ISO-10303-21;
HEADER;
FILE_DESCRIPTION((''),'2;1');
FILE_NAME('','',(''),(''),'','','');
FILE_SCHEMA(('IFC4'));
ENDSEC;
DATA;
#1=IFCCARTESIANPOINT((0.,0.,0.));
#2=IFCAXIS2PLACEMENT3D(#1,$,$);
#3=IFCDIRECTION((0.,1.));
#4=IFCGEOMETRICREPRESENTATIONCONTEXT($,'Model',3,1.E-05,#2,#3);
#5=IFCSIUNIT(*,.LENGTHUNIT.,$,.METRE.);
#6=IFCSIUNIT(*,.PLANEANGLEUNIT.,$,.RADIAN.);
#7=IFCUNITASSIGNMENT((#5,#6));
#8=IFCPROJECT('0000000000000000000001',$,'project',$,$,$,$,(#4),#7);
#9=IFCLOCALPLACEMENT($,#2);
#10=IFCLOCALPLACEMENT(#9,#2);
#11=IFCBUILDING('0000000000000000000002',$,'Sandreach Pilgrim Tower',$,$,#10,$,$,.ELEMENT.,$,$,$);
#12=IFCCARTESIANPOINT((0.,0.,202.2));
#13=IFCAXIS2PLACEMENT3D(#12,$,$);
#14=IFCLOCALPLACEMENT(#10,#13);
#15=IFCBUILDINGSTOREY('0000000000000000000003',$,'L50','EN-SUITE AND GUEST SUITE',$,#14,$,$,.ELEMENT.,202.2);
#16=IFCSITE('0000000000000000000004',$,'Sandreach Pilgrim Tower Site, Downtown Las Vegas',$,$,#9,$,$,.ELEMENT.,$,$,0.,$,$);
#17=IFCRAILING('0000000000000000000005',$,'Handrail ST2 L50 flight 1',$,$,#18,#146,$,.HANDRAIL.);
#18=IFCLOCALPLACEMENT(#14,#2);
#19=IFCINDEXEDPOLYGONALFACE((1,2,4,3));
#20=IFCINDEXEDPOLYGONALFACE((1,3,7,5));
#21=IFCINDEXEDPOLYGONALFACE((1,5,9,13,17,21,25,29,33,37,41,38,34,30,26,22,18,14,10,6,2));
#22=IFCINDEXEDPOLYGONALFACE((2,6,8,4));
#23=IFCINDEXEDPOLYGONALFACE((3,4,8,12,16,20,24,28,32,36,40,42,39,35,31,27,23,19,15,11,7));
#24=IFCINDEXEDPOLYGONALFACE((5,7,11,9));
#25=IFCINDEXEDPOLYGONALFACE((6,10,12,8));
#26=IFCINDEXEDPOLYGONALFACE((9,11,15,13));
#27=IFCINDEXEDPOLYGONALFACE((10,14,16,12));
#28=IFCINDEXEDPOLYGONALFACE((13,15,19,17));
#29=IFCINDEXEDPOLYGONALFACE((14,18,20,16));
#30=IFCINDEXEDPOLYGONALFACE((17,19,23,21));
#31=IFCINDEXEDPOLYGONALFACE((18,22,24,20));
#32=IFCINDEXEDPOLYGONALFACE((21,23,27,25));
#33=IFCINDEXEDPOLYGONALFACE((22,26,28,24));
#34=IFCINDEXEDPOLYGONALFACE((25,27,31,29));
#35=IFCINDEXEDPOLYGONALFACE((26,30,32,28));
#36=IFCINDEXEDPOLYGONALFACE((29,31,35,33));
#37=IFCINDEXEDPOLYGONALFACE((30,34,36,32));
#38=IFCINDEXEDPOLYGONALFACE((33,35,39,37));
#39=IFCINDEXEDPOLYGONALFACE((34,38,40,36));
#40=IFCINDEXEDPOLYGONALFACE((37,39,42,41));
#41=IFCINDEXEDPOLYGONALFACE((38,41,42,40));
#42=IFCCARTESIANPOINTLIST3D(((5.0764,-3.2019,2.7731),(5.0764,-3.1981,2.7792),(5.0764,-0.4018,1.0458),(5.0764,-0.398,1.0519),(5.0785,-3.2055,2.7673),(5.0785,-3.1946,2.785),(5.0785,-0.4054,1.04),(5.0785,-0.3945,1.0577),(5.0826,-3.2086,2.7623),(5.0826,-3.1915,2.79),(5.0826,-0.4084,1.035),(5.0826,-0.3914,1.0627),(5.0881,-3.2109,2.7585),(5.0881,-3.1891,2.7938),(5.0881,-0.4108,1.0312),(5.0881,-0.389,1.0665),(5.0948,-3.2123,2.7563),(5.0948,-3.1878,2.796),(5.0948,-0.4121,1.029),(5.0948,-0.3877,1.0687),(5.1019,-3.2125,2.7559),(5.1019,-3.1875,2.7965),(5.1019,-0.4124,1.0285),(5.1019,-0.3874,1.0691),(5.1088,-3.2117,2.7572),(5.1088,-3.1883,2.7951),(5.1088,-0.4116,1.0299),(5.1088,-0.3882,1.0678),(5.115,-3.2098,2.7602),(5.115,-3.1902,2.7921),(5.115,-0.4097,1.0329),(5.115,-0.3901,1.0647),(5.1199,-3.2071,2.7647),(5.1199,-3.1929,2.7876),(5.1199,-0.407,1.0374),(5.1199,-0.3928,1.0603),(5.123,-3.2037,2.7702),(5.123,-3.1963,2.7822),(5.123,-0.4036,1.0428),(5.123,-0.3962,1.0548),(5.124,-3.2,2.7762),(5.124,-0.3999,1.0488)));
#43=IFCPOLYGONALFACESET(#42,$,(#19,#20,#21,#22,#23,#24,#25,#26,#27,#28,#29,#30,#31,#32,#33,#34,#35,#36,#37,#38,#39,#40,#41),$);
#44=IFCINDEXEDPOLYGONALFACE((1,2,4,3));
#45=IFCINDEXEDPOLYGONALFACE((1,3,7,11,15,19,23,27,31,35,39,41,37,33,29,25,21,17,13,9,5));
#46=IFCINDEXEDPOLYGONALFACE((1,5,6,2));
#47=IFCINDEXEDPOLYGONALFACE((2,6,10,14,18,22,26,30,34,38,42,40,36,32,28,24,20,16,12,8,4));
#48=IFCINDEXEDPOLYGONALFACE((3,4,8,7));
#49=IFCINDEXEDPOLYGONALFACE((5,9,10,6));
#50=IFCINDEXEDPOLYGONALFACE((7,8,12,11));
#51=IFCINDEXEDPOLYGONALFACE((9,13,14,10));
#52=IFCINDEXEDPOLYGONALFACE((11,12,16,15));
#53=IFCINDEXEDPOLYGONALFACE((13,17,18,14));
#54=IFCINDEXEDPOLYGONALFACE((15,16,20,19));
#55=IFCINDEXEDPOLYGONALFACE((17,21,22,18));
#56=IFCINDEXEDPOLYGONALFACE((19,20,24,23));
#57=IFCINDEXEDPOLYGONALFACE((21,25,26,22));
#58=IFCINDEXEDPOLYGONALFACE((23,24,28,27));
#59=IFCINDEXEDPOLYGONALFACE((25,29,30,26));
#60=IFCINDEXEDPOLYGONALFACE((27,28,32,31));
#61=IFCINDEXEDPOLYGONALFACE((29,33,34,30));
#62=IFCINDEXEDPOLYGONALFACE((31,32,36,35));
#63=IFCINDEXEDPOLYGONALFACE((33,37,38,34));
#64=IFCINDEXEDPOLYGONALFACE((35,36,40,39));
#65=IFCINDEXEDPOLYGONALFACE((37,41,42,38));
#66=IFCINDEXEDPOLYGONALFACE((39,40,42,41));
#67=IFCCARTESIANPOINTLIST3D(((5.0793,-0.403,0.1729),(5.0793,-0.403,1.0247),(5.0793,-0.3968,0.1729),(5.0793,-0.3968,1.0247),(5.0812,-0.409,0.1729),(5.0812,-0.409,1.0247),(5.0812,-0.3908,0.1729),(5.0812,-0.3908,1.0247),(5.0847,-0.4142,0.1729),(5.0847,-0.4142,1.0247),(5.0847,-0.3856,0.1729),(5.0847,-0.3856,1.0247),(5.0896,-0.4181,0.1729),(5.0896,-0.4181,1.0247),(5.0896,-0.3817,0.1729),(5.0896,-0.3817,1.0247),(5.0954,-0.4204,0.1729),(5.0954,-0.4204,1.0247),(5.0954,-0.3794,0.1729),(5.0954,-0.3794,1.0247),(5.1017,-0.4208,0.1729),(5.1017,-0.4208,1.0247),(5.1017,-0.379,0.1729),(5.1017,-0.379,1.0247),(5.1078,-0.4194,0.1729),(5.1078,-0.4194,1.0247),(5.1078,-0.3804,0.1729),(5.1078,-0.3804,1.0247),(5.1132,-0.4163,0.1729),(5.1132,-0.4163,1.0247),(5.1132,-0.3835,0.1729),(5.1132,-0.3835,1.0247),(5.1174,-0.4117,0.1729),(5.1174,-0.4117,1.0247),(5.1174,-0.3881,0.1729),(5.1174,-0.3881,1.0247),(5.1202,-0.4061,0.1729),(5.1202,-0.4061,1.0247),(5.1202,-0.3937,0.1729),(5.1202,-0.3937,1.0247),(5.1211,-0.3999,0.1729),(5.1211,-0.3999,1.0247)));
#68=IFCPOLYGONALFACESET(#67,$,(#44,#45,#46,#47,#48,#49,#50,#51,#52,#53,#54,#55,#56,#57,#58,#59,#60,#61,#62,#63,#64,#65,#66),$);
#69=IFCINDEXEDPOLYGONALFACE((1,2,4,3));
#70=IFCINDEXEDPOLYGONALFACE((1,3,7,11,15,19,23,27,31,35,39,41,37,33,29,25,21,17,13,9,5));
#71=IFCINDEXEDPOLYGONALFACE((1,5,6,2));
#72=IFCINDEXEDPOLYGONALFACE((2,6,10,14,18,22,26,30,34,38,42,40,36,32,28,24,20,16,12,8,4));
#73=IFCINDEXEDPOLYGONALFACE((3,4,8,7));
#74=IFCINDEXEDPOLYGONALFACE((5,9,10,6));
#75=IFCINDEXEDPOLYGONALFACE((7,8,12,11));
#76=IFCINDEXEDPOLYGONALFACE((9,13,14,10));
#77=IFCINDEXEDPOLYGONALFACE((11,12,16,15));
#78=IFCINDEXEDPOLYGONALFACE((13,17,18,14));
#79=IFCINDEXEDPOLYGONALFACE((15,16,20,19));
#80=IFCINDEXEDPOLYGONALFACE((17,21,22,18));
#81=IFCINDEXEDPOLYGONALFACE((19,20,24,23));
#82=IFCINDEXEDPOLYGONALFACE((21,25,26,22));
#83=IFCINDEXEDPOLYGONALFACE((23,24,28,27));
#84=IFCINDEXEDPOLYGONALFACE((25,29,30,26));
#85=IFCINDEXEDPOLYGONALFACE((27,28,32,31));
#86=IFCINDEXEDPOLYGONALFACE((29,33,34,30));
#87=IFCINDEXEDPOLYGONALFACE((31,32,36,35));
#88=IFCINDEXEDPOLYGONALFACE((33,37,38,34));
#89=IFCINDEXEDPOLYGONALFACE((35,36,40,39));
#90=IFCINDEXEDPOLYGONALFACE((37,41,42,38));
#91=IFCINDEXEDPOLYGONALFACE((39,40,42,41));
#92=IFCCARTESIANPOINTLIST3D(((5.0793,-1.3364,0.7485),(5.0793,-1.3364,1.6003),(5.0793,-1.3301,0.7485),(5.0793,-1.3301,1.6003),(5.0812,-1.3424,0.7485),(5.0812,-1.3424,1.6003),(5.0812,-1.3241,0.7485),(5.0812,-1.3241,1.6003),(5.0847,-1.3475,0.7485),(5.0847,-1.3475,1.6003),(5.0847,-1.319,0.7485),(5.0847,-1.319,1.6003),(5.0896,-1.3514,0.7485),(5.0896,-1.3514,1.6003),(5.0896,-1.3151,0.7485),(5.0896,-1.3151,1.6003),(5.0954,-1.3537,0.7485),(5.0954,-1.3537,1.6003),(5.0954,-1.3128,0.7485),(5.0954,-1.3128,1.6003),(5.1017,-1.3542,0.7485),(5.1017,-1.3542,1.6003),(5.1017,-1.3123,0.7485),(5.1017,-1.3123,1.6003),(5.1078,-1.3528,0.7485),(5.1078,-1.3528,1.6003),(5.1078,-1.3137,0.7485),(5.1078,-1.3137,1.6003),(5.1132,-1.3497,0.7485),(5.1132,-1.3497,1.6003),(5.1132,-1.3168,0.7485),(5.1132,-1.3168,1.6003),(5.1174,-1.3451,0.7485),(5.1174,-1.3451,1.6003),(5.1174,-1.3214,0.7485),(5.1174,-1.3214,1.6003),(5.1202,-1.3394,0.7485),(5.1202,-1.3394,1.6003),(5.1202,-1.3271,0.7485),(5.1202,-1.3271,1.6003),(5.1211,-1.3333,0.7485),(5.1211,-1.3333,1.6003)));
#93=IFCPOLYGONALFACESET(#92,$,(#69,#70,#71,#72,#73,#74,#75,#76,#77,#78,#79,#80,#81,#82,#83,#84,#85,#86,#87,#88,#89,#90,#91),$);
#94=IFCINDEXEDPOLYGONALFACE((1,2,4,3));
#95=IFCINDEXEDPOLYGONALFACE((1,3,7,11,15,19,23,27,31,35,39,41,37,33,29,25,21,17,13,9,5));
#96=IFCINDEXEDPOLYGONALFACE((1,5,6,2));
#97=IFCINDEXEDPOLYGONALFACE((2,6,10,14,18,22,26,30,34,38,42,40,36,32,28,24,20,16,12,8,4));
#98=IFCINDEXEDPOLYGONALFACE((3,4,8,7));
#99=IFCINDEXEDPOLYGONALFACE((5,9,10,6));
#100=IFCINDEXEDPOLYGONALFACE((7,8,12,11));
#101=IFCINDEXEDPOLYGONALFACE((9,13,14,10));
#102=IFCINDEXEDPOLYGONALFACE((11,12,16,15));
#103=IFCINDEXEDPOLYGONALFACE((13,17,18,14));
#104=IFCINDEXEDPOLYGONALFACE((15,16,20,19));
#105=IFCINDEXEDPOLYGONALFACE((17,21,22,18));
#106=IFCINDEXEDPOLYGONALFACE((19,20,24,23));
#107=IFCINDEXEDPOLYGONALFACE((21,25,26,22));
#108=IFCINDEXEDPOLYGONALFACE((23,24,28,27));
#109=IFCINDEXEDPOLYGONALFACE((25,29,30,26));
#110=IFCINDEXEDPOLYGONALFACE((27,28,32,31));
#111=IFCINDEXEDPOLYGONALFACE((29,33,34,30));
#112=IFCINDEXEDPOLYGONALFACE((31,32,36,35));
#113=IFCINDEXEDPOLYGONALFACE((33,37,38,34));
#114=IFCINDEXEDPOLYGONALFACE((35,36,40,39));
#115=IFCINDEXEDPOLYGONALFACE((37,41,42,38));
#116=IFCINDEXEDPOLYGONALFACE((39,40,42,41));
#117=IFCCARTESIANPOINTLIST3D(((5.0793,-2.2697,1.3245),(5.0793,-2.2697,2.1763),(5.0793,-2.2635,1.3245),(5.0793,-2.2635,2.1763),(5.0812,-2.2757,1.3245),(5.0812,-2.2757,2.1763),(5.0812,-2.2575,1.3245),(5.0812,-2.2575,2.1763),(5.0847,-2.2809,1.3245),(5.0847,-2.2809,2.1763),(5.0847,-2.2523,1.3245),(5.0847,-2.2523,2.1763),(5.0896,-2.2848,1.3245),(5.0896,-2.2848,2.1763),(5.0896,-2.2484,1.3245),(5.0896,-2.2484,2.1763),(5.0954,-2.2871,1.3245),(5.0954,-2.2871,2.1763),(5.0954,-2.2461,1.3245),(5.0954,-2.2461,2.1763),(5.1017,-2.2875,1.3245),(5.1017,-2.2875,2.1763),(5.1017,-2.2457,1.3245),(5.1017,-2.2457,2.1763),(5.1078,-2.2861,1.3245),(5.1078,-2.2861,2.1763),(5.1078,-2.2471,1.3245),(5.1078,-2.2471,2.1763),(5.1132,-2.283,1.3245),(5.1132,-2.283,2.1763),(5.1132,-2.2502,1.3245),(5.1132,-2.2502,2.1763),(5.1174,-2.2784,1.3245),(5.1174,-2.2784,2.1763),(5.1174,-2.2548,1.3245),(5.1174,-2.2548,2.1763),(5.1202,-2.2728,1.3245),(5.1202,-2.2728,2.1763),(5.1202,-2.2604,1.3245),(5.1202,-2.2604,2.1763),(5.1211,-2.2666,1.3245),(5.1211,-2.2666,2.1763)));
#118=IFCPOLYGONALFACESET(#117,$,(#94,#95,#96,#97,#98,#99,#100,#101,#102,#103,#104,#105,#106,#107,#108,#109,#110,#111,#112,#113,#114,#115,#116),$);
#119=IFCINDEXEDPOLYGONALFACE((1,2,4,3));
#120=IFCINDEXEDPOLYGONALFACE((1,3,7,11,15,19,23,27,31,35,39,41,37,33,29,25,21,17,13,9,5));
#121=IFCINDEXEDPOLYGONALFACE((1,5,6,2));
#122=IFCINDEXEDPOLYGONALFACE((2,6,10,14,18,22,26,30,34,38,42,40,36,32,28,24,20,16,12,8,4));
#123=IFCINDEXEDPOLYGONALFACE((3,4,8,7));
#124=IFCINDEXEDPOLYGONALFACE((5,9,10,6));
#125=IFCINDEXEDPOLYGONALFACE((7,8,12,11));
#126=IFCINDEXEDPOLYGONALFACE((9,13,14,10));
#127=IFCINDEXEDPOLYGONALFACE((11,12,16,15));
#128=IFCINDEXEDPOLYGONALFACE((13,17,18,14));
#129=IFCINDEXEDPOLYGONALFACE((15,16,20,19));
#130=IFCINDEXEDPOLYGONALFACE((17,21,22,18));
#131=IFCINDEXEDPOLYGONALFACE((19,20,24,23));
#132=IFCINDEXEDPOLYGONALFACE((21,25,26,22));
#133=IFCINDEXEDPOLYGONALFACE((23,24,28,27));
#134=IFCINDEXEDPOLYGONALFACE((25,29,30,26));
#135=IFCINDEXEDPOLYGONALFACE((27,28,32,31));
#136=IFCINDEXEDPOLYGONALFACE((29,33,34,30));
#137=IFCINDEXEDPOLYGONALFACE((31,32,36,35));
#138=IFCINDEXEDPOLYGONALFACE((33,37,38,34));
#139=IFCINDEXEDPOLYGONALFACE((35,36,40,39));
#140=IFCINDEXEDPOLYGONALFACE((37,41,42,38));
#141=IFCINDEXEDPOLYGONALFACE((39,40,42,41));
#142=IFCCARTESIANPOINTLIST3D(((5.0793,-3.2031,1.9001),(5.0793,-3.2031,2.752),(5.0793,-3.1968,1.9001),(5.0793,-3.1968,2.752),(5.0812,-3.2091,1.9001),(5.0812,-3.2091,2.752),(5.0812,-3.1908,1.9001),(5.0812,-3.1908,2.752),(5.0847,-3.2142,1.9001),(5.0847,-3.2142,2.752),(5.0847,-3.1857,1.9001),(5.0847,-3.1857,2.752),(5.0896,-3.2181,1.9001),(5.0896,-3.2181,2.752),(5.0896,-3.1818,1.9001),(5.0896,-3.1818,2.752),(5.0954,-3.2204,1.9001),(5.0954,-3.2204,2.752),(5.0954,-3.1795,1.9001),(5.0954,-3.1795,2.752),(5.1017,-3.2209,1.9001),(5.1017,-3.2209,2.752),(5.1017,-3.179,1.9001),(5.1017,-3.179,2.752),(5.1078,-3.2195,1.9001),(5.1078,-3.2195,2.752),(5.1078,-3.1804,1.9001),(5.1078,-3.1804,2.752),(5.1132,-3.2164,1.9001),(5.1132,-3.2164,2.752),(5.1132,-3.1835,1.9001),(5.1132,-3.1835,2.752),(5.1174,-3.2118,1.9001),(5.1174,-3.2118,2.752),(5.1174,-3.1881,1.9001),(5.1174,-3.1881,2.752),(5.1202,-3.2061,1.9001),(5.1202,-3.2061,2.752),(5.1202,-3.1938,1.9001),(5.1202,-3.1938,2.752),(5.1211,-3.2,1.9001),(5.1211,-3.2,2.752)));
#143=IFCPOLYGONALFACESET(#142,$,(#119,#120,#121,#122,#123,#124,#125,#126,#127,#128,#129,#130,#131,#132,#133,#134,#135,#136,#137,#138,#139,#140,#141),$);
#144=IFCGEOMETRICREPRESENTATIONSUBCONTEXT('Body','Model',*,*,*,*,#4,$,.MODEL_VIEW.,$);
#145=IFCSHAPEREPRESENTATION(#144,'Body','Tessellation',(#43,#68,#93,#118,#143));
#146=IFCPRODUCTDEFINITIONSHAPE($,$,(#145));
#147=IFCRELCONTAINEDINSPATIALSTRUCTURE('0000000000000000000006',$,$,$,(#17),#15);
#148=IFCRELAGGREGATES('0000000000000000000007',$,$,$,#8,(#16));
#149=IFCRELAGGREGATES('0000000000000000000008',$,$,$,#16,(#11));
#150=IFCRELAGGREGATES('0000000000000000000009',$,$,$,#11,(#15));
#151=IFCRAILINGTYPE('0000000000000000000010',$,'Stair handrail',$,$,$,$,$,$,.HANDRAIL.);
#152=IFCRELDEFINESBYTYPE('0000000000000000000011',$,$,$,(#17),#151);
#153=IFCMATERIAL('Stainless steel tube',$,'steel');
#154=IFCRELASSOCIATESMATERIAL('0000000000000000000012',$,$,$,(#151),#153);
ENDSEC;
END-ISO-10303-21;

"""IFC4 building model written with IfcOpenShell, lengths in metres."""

from ifc_helpers import new_model, si_unit, direction, frame, origin, origin_2d, place, context, subcontext, project, spatial, circle, extrude, material, type_object, element, save


model = new_model("IFC4")

# Units and contexts
model_context = context("Model", 3, precision=1e-05, world=origin(), true_north=direction((0.0, 1.0)))
body_context = subcontext(model_context, "Body", "Model", "MODEL_VIEW")
ifc_project = project(units=[si_unit("LENGTHUNIT", "METRE"), si_unit("PLANEANGLEUNIT", "RADIAN")], contexts=[model_context])

# Site, building, storey
site_placement = place(None, origin())
site = spatial("IfcSite", under=ifc_project, at=site_placement, Name="Sandreach Pilgrim Tower Site, Downtown Las Vegas", CompositionType="ELEMENT", RefElevation=0.0)
building_placement = place(site_placement, origin())
building = spatial("IfcBuilding", under=site, at=building_placement, Name="Sandreach Pilgrim Tower", CompositionType="ELEMENT")
storey_placement = place(building_placement, frame((0.0, 0.0, 202.2)))
storey = spatial("IfcBuildingStorey", under=building, at=storey_placement, Name="L50", Description="EN-SUITE AND GUEST SUITE", CompositionType="ELEMENT", Elevation=202.2)

# Railing
ifc_material_1 = material(Name="Stainless steel tube", Category="steel")
railing_type = type_object("IfcRailingType", Name="Stair handrail", PredefinedType="HANDRAIL", material=ifc_material_1)
for number, where, name in (
    (1, (5.1001, -0.3999, 0.1729), "Handrail ST2 L50 flight 1"),
):
    element("IfcRailing", number, at=place(storey_placement, frame(where)), inside=storey, type_object=railing_type, Name=name, PredefinedType="HANDRAIL", context=body_context, shape_type="SweptSolid", body=[
        extrude(circle(Radius=0.0239, at=origin_2d()), frame((0.0, 0.0, 0.876), z_axis=(0.0, -0.85109, 0.52502), x_axis=(1.0, 0.0, 0.0)), (0.0, 0.0, 1.0), 3.29),
        extrude(circle(Radius=0.021, at=origin_2d()), origin(), (0.0, 0.0, 1.0), 0.8518),
        extrude(circle(Radius=0.021, at=origin_2d()), frame((0.0, -0.9333, 0.5757)), (0.0, 0.0, 1.0), 0.8518),
        extrude(circle(Radius=0.021, at=origin_2d()), frame((0.0, -1.8667, 1.1516)), (0.0, 0.0, 1.0), 0.8518),
        extrude(circle(Radius=0.021, at=origin_2d()), frame((0.0, -2.8, 1.7273)), (0.0, 0.0, 1.0), 0.8518),
    ])

save(model, "model.ifc")
